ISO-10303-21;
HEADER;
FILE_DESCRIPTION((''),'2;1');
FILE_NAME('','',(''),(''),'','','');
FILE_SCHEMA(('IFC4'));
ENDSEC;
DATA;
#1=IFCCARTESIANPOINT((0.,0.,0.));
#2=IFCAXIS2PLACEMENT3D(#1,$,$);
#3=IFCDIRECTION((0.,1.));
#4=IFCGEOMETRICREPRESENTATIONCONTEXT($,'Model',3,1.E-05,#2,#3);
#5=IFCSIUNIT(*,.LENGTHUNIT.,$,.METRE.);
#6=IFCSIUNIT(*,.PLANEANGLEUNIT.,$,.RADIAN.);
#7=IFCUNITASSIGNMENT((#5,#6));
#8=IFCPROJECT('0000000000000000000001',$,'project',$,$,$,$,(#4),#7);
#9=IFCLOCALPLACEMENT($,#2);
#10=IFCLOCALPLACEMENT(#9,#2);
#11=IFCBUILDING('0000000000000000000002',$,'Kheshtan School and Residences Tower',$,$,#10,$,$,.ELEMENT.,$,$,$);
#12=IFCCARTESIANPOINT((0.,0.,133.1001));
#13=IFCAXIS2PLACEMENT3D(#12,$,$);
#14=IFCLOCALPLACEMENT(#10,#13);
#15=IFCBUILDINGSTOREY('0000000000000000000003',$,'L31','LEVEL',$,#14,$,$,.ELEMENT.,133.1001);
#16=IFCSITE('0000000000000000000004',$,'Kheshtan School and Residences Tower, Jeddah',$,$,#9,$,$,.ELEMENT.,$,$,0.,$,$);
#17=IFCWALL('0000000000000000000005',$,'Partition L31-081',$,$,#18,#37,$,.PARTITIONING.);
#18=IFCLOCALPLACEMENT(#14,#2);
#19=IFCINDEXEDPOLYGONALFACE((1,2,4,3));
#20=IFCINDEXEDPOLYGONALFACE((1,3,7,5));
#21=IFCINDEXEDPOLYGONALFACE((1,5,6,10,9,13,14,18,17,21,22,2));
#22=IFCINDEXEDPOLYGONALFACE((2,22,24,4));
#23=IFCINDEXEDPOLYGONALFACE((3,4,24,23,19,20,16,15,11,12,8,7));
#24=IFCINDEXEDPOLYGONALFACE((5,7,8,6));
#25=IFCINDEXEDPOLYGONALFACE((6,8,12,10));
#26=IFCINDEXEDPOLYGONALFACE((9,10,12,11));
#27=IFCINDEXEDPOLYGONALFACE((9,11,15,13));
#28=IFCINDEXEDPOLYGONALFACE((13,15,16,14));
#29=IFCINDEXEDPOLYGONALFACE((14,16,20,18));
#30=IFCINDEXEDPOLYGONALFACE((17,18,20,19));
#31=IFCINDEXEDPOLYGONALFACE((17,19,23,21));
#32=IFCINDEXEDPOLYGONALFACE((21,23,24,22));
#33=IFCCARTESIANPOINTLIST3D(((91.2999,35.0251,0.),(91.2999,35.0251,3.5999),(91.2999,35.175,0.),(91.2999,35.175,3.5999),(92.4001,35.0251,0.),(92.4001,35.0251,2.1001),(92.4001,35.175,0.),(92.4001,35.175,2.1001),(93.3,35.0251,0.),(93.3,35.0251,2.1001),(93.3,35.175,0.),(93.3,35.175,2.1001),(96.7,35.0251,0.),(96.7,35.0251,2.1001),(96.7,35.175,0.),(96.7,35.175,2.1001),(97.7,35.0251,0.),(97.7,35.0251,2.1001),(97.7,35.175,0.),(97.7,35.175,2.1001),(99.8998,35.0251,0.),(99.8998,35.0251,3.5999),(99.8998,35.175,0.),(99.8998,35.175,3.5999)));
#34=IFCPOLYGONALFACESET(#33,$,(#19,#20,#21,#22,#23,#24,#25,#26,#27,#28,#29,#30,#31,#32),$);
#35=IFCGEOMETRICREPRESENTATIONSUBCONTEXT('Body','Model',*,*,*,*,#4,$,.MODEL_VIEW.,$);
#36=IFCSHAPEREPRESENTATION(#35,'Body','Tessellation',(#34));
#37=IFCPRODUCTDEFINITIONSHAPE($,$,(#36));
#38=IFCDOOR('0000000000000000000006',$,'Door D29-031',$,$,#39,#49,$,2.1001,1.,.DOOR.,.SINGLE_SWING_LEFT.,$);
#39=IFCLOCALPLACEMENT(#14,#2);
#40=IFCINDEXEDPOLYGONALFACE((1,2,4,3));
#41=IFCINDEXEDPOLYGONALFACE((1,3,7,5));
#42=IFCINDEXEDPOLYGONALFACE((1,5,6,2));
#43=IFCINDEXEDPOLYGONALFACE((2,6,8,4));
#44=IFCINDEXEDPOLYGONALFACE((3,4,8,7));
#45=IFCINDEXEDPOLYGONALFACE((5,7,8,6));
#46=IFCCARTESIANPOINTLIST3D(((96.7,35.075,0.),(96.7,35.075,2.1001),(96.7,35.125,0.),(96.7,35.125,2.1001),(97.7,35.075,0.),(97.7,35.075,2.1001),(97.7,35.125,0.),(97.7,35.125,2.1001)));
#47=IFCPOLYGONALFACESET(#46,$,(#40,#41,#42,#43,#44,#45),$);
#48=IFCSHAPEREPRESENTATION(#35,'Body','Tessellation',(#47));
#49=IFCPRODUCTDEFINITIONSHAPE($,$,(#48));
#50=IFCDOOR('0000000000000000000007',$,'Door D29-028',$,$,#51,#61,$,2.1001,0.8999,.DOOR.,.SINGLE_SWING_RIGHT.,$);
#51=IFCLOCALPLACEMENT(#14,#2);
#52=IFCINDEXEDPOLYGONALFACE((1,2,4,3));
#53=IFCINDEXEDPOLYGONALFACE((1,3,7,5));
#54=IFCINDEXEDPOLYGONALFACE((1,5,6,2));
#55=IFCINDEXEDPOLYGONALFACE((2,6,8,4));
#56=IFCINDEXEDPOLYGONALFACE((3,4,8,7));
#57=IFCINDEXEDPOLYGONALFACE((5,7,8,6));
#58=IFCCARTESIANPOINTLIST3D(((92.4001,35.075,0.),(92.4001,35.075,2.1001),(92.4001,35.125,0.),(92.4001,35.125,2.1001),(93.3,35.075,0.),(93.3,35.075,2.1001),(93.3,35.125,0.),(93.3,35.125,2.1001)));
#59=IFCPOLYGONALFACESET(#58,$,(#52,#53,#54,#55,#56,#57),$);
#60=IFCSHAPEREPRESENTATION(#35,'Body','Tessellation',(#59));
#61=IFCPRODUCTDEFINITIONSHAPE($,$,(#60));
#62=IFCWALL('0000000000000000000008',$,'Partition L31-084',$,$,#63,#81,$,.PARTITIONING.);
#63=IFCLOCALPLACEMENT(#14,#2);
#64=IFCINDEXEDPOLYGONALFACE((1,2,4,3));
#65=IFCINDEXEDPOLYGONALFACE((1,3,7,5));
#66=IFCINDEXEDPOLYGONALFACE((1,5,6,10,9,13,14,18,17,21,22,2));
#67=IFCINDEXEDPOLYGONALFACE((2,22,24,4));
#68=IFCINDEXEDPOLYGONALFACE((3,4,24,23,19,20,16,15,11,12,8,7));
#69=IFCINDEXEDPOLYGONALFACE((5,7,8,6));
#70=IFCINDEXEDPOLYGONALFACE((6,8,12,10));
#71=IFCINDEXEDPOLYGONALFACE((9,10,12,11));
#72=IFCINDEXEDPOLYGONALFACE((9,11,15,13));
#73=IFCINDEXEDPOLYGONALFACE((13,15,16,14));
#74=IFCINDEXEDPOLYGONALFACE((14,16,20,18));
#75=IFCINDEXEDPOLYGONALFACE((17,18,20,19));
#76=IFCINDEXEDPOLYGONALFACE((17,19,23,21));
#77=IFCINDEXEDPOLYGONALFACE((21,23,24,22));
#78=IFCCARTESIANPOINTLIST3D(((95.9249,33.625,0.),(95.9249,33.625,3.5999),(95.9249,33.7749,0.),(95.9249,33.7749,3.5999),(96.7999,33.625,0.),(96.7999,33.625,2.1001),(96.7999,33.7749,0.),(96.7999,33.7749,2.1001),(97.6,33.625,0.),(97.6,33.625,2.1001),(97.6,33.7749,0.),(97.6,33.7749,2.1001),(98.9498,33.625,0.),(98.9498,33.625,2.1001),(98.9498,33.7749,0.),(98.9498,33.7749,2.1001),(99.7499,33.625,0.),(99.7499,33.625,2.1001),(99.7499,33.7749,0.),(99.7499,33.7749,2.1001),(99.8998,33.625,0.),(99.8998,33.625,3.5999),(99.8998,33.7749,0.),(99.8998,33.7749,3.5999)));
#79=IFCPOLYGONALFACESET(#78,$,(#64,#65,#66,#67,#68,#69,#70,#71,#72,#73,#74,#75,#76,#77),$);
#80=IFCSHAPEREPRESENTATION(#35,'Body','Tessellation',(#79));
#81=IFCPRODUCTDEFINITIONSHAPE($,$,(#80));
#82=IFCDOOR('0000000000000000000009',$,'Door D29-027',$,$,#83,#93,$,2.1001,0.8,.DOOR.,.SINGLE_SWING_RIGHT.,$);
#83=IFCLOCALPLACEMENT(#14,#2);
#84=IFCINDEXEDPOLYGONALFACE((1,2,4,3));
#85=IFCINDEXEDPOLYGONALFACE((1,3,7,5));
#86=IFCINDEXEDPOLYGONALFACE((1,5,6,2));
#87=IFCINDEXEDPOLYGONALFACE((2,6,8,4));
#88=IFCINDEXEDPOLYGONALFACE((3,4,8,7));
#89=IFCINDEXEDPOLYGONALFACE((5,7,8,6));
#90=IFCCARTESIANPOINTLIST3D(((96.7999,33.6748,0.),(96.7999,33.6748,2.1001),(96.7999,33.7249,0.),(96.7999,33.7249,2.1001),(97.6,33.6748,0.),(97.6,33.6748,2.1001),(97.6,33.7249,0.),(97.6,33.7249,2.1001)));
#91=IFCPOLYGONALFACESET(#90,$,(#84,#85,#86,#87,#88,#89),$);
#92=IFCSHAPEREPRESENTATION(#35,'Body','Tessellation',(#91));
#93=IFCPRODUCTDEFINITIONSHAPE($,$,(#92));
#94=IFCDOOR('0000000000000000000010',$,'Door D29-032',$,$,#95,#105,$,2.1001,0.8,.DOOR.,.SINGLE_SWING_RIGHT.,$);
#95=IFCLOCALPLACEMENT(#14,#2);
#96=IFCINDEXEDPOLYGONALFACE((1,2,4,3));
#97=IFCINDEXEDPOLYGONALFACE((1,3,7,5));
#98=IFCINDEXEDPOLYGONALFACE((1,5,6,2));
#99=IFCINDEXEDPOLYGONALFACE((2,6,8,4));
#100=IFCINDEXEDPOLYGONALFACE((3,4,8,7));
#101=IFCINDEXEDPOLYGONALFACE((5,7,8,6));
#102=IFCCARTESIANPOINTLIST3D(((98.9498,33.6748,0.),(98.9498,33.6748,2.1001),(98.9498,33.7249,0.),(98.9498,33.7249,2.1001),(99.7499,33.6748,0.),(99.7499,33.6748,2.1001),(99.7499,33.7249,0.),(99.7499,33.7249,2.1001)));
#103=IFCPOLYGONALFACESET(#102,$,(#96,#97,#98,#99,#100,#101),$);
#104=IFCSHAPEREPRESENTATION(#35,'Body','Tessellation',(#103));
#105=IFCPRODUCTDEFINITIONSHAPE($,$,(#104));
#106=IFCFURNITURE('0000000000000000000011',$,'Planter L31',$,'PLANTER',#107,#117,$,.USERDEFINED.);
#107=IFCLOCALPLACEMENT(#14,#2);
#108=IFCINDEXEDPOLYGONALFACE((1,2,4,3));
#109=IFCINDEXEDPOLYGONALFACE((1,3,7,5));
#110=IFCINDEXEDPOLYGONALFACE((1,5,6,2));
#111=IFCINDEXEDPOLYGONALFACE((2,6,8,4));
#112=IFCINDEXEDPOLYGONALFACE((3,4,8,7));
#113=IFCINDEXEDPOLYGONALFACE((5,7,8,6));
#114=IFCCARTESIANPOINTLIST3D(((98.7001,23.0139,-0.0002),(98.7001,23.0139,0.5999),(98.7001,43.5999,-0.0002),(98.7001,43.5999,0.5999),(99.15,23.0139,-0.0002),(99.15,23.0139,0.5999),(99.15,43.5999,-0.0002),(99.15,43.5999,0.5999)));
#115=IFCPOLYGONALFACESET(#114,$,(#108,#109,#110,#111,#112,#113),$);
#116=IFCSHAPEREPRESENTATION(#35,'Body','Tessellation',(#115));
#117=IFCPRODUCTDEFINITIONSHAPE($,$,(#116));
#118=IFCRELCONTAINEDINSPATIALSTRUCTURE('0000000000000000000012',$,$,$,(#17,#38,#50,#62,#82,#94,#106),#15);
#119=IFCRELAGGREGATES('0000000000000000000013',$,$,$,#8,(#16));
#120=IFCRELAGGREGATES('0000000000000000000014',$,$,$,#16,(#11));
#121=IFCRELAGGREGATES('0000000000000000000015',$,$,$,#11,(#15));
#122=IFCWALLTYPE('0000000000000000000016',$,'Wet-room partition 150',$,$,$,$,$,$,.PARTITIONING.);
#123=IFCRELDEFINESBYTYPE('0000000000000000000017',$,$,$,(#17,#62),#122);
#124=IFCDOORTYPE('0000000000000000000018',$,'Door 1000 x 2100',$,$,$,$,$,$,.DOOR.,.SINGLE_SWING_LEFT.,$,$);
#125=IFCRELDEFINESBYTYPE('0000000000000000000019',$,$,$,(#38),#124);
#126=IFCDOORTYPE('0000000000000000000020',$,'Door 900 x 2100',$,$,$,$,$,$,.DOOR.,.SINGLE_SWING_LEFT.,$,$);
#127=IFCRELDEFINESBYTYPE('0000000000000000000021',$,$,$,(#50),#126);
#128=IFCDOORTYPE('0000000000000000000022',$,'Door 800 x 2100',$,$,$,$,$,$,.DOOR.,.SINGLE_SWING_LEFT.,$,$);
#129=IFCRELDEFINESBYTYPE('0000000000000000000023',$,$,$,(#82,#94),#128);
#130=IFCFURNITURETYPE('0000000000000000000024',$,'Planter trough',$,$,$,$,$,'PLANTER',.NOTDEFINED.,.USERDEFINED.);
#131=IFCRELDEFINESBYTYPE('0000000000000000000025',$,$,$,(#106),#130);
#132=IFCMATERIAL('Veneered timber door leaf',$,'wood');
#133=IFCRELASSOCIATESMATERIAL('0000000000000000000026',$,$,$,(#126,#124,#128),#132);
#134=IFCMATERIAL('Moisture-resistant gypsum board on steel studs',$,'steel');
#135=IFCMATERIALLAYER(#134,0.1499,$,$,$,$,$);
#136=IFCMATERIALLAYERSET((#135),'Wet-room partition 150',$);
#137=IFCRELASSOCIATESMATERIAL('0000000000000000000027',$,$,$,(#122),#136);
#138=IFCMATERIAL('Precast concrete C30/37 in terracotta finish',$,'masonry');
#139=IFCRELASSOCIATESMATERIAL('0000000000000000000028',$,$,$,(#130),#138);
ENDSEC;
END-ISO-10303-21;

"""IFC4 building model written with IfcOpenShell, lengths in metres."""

from ifc_helpers import new_model, si_unit, direction, frame, frame_2d, origin, origin_2d, place, context, subcontext, project, spatial, rectangle, extrude, source, transform, mapped, material, layer, layer_set, type_object, element, fill, save


model = new_model("IFC4")

# Units and contexts
model_context = context("Model", 3, precision=1e-05, world=origin(), true_north=direction((0.0, 1.0)))
body_context = subcontext(model_context, "Body", "Model", "MODEL_VIEW")
ifc_project = project(units=[si_unit("LENGTHUNIT", "METRE"), si_unit("PLANEANGLEUNIT", "RADIAN")], contexts=[model_context])

# Site, building, storey
site_placement = place(None, origin())
site = spatial("IfcSite", under=ifc_project, at=site_placement, Name="Kheshtan School and Residences Tower, Jeddah", CompositionType="ELEMENT", RefElevation=0.0)
building_placement = place(site_placement, origin())
building = spatial("IfcBuilding", under=site, at=building_placement, Name="Kheshtan School and Residences Tower", CompositionType="ELEMENT")
storey_placement = place(building_placement, frame((0.0, 0.0, 133.1001)))
storey = spatial("IfcBuildingStorey", under=building, at=storey_placement, Name="L31", Description="LEVEL", CompositionType="ELEMENT", Elevation=133.1001)

# Shared definitions
ifc_material_1 = material(Name="Veneered timber door leaf", Category="wood")
door_type_1 = type_object("IfcDoorType", Name="Door 900 x 2100", OperationType="SINGLE_SWING_LEFT", PredefinedType="DOOR", material=ifc_material_1)
shared_shape_1 = source(origin(), body_context, "Body", "SweptSolid", [
    extrude(rectangle(XDim=0.8999, YDim=2.1001, at=frame_2d((0.45, 1.05))), frame((0.0, 0.0249, 0.0), z_axis=(0.0, -1.0, 0.0), x_axis=(1.0, 0.0, 0.0)), (0.0, 0.0, 1.0), 0.05),
])

# Walls, openings, doors
ifc_material_2 = material(Name="Moisture-resistant gypsum board on steel studs", Category="steel")
ifc_layer_1 = layer(ifc_material_2, 0.1499)
ifc_layer_set_1 = layer_set([ifc_layer_1], Name="Wet-room partition 150")
wall_type_1 = type_object("IfcWallType", Name="Wet-room partition 150", PredefinedType="PARTITIONING", material=ifc_layer_set_1)
wall_1_placement = place(storey_placement, frame((91.3, 35.1001, 0.0), z_axis=(0.0, 0.0, 1.0), x_axis=(1.0, 0.0, 0.0)))
wall_1 = element("IfcWall", 1, at=wall_1_placement, inside=storey, type_object=wall_type_1, Name="Partition L31-081", PredefinedType="PARTITIONING", context=body_context, shape_type="SweptSolid", body=[
    extrude(rectangle(XDim=8.5999, YDim=0.1499, at=frame_2d((4.2998, 0.0))), origin(), (0.0, 0.0, 1.0), 3.5999),
])
opening_1_placement = place(wall_1_placement, frame((1.1001, 0.0, 0.0)))
opening_1 = element("IfcOpeningElement", 2, at=opening_1_placement, cuts=wall_1, PredefinedType="OPENING", context=body_context, shape_type="SweptSolid", body=[
    extrude(rectangle(XDim=0.8999, YDim=2.1001, at=frame_2d((0.45, 1.05))), frame((0.0, 0.085, 0.0), z_axis=(0.0, -1.0, 0.0), x_axis=(1.0, 0.0, 0.0)), (0.0, 0.0, 1.0), 0.1699),
])
opening_2_placement = place(wall_1_placement, frame((5.3999, 0.0, 0.0)))
opening_2 = element("IfcOpeningElement", 3, at=opening_2_placement, cuts=wall_1, PredefinedType="OPENING", context=body_context, shape_type="SweptSolid", body=[
    extrude(rectangle(XDim=1.0, YDim=2.1001, at=frame_2d((0.5, 1.05))), frame((0.0, 0.085, 0.0), z_axis=(0.0, -1.0, 0.0), x_axis=(1.0, 0.0, 0.0)), (0.0, 0.0, 1.0), 0.1699),
])
door_type_2 = type_object("IfcDoorType", Name="Door 1000 x 2100", OperationType="SINGLE_SWING_LEFT", PredefinedType="DOOR", material=ifc_material_1)
shared_shape_2 = source(origin(), body_context, "Body", "SweptSolid", [
    extrude(rectangle(XDim=1.0, YDim=2.1001, at=frame_2d((0.5, 1.05))), frame((0.0, 0.0249, 0.0), z_axis=(0.0, -1.0, 0.0), x_axis=(1.0, 0.0, 0.0)), (0.0, 0.0, 1.0), 0.05),
])
door_1_placement = place(opening_2_placement, origin())
door_1 = element("IfcDoor", 4, at=door_1_placement, inside=storey, type_object=door_type_2, Name="Door D29-031", OperationType="SINGLE_SWING_LEFT", OverallHeight=2.1001, OverallWidth=1.0, PredefinedType="DOOR", context=body_context, shape_type="MappedRepresentation", body=[
    mapped(shared_shape_2, transform((0.0, 0.0, 0.0), x_axis=(1.0, 0.0, 0.0), y_axis=(0.0, 1.0, 0.0), z_axis=(0.0, 0.0, 1.0), scale=1.0)),
])
fill(opening_2, door_1)
door_2_placement = place(opening_1_placement, origin())
door_2 = element("IfcDoor", 5, at=door_2_placement, inside=storey, type_object=door_type_1, Name="Door D29-028", OperationType="SINGLE_SWING_RIGHT", OverallHeight=2.1001, OverallWidth=0.8999, PredefinedType="DOOR", context=body_context, shape_type="MappedRepresentation", body=[
    mapped(shared_shape_1, transform((0.0, 0.0, 0.0), x_axis=(1.0, 0.0, 0.0), y_axis=(0.0, 1.0, 0.0), z_axis=(0.0, 0.0, 1.0), scale=1.0)),
])
fill(opening_1, door_2)
wall_2_placement = place(storey_placement, frame((95.925, 33.7, 0.0), z_axis=(0.0, 0.0, 1.0), x_axis=(1.0, 0.0, 0.0)))
wall_2 = element("IfcWall", 6, at=wall_2_placement, inside=storey, type_object=wall_type_1, Name="Partition L31-084", PredefinedType="PARTITIONING", context=body_context, shape_type="SweptSolid", body=[
    extrude(rectangle(XDim=3.9749, YDim=0.1499, at=frame_2d((1.9873, 0.0))), origin(), (0.0, 0.0, 1.0), 3.5999),
])
opening_3_placement = place(wall_2_placement, frame((0.875, 0.0, 0.0)))
opening_3 = element("IfcOpeningElement", 7, at=opening_3_placement, cuts=wall_2, PredefinedType="OPENING", context=body_context, shape_type="SweptSolid", body=[
    extrude(rectangle(XDim=0.8, YDim=2.1001, at=frame_2d((0.3999, 1.05))), frame((0.0, 0.085, 0.0), z_axis=(0.0, -1.0, 0.0), x_axis=(1.0, 0.0, 0.0)), (0.0, 0.0, 1.0), 0.1699),
])
opening_4_placement = place(wall_2_placement, frame((3.0249, 0.0, 0.0)))
opening_4 = element("IfcOpeningElement", 8, at=opening_4_placement, cuts=wall_2, PredefinedType="OPENING", context=body_context, shape_type="SweptSolid", body=[
    extrude(rectangle(XDim=0.8, YDim=2.1001, at=frame_2d((0.3999, 1.05))), frame((0.0, 0.085, 0.0), z_axis=(0.0, -1.0, 0.0), x_axis=(1.0, 0.0, 0.0)), (0.0, 0.0, 1.0), 0.1699),
])
door_type_3 = type_object("IfcDoorType", Name="Door 800 x 2100", OperationType="SINGLE_SWING_LEFT", PredefinedType="DOOR", material=ifc_material_1)
shared_shape_3 = source(origin(), body_context, "Body", "SweptSolid", [
    extrude(rectangle(XDim=0.8, YDim=2.1001, at=frame_2d((0.3999, 1.05))), frame((0.0, 0.0249, 0.0), z_axis=(0.0, -1.0, 0.0), x_axis=(1.0, 0.0, 0.0)), (0.0, 0.0, 1.0), 0.05),
])
door_3_placement = place(opening_3_placement, origin())
door_3 = element("IfcDoor", 9, at=door_3_placement, inside=storey, type_object=door_type_3, Name="Door D29-027", OperationType="SINGLE_SWING_RIGHT", OverallHeight=2.1001, OverallWidth=0.8, PredefinedType="DOOR", context=body_context, shape_type="MappedRepresentation", body=[
    mapped(shared_shape_3, transform((0.0, 0.0, 0.0), x_axis=(1.0, 0.0, 0.0), y_axis=(0.0, 1.0, 0.0), z_axis=(0.0, 0.0, 1.0), scale=1.0)),
])
fill(opening_3, door_3)
door_4_placement = place(opening_4_placement, origin())
door_4 = element("IfcDoor", 10, at=door_4_placement, inside=storey, type_object=door_type_3, Name="Door D29-032", OperationType="SINGLE_SWING_RIGHT", OverallHeight=2.1001, OverallWidth=0.8, PredefinedType="DOOR", context=body_context, shape_type="MappedRepresentation", body=[
    mapped(shared_shape_3, transform((0.0, 0.0, 0.0), x_axis=(1.0, 0.0, 0.0), y_axis=(0.0, 1.0, 0.0), z_axis=(0.0, 0.0, 1.0), scale=1.0)),
])
fill(opening_4, door_4)

# Furniture
ifc_material_3 = material(Name="Precast concrete C30/37 in terracotta finish", Category="masonry")
furniture_type = type_object("IfcFurnitureType", Name="Planter trough", ElementType="PLANTER", AssemblyPlace="NOTDEFINED", PredefinedType="USERDEFINED", material=ifc_material_3)
furniture_placement = place(storey_placement, frame((98.925, 33.3069, -0.0002), z_axis=(0.0, 0.0, 1.0), x_axis=(0.0, -1.0, 0.0)))
element("IfcFurniture", 11, at=furniture_placement, inside=storey, type_object=furniture_type, Name="Planter L31", ObjectType="PLANTER", PredefinedType="USERDEFINED", context=body_context, shape_type="SweptSolid", body=[
    extrude(rectangle(XDim=20.5859, YDim=0.45, at=origin_2d()), origin(), (0.0, 0.0, 1.0), 0.6001),
])

save(model, "model.ifc")
